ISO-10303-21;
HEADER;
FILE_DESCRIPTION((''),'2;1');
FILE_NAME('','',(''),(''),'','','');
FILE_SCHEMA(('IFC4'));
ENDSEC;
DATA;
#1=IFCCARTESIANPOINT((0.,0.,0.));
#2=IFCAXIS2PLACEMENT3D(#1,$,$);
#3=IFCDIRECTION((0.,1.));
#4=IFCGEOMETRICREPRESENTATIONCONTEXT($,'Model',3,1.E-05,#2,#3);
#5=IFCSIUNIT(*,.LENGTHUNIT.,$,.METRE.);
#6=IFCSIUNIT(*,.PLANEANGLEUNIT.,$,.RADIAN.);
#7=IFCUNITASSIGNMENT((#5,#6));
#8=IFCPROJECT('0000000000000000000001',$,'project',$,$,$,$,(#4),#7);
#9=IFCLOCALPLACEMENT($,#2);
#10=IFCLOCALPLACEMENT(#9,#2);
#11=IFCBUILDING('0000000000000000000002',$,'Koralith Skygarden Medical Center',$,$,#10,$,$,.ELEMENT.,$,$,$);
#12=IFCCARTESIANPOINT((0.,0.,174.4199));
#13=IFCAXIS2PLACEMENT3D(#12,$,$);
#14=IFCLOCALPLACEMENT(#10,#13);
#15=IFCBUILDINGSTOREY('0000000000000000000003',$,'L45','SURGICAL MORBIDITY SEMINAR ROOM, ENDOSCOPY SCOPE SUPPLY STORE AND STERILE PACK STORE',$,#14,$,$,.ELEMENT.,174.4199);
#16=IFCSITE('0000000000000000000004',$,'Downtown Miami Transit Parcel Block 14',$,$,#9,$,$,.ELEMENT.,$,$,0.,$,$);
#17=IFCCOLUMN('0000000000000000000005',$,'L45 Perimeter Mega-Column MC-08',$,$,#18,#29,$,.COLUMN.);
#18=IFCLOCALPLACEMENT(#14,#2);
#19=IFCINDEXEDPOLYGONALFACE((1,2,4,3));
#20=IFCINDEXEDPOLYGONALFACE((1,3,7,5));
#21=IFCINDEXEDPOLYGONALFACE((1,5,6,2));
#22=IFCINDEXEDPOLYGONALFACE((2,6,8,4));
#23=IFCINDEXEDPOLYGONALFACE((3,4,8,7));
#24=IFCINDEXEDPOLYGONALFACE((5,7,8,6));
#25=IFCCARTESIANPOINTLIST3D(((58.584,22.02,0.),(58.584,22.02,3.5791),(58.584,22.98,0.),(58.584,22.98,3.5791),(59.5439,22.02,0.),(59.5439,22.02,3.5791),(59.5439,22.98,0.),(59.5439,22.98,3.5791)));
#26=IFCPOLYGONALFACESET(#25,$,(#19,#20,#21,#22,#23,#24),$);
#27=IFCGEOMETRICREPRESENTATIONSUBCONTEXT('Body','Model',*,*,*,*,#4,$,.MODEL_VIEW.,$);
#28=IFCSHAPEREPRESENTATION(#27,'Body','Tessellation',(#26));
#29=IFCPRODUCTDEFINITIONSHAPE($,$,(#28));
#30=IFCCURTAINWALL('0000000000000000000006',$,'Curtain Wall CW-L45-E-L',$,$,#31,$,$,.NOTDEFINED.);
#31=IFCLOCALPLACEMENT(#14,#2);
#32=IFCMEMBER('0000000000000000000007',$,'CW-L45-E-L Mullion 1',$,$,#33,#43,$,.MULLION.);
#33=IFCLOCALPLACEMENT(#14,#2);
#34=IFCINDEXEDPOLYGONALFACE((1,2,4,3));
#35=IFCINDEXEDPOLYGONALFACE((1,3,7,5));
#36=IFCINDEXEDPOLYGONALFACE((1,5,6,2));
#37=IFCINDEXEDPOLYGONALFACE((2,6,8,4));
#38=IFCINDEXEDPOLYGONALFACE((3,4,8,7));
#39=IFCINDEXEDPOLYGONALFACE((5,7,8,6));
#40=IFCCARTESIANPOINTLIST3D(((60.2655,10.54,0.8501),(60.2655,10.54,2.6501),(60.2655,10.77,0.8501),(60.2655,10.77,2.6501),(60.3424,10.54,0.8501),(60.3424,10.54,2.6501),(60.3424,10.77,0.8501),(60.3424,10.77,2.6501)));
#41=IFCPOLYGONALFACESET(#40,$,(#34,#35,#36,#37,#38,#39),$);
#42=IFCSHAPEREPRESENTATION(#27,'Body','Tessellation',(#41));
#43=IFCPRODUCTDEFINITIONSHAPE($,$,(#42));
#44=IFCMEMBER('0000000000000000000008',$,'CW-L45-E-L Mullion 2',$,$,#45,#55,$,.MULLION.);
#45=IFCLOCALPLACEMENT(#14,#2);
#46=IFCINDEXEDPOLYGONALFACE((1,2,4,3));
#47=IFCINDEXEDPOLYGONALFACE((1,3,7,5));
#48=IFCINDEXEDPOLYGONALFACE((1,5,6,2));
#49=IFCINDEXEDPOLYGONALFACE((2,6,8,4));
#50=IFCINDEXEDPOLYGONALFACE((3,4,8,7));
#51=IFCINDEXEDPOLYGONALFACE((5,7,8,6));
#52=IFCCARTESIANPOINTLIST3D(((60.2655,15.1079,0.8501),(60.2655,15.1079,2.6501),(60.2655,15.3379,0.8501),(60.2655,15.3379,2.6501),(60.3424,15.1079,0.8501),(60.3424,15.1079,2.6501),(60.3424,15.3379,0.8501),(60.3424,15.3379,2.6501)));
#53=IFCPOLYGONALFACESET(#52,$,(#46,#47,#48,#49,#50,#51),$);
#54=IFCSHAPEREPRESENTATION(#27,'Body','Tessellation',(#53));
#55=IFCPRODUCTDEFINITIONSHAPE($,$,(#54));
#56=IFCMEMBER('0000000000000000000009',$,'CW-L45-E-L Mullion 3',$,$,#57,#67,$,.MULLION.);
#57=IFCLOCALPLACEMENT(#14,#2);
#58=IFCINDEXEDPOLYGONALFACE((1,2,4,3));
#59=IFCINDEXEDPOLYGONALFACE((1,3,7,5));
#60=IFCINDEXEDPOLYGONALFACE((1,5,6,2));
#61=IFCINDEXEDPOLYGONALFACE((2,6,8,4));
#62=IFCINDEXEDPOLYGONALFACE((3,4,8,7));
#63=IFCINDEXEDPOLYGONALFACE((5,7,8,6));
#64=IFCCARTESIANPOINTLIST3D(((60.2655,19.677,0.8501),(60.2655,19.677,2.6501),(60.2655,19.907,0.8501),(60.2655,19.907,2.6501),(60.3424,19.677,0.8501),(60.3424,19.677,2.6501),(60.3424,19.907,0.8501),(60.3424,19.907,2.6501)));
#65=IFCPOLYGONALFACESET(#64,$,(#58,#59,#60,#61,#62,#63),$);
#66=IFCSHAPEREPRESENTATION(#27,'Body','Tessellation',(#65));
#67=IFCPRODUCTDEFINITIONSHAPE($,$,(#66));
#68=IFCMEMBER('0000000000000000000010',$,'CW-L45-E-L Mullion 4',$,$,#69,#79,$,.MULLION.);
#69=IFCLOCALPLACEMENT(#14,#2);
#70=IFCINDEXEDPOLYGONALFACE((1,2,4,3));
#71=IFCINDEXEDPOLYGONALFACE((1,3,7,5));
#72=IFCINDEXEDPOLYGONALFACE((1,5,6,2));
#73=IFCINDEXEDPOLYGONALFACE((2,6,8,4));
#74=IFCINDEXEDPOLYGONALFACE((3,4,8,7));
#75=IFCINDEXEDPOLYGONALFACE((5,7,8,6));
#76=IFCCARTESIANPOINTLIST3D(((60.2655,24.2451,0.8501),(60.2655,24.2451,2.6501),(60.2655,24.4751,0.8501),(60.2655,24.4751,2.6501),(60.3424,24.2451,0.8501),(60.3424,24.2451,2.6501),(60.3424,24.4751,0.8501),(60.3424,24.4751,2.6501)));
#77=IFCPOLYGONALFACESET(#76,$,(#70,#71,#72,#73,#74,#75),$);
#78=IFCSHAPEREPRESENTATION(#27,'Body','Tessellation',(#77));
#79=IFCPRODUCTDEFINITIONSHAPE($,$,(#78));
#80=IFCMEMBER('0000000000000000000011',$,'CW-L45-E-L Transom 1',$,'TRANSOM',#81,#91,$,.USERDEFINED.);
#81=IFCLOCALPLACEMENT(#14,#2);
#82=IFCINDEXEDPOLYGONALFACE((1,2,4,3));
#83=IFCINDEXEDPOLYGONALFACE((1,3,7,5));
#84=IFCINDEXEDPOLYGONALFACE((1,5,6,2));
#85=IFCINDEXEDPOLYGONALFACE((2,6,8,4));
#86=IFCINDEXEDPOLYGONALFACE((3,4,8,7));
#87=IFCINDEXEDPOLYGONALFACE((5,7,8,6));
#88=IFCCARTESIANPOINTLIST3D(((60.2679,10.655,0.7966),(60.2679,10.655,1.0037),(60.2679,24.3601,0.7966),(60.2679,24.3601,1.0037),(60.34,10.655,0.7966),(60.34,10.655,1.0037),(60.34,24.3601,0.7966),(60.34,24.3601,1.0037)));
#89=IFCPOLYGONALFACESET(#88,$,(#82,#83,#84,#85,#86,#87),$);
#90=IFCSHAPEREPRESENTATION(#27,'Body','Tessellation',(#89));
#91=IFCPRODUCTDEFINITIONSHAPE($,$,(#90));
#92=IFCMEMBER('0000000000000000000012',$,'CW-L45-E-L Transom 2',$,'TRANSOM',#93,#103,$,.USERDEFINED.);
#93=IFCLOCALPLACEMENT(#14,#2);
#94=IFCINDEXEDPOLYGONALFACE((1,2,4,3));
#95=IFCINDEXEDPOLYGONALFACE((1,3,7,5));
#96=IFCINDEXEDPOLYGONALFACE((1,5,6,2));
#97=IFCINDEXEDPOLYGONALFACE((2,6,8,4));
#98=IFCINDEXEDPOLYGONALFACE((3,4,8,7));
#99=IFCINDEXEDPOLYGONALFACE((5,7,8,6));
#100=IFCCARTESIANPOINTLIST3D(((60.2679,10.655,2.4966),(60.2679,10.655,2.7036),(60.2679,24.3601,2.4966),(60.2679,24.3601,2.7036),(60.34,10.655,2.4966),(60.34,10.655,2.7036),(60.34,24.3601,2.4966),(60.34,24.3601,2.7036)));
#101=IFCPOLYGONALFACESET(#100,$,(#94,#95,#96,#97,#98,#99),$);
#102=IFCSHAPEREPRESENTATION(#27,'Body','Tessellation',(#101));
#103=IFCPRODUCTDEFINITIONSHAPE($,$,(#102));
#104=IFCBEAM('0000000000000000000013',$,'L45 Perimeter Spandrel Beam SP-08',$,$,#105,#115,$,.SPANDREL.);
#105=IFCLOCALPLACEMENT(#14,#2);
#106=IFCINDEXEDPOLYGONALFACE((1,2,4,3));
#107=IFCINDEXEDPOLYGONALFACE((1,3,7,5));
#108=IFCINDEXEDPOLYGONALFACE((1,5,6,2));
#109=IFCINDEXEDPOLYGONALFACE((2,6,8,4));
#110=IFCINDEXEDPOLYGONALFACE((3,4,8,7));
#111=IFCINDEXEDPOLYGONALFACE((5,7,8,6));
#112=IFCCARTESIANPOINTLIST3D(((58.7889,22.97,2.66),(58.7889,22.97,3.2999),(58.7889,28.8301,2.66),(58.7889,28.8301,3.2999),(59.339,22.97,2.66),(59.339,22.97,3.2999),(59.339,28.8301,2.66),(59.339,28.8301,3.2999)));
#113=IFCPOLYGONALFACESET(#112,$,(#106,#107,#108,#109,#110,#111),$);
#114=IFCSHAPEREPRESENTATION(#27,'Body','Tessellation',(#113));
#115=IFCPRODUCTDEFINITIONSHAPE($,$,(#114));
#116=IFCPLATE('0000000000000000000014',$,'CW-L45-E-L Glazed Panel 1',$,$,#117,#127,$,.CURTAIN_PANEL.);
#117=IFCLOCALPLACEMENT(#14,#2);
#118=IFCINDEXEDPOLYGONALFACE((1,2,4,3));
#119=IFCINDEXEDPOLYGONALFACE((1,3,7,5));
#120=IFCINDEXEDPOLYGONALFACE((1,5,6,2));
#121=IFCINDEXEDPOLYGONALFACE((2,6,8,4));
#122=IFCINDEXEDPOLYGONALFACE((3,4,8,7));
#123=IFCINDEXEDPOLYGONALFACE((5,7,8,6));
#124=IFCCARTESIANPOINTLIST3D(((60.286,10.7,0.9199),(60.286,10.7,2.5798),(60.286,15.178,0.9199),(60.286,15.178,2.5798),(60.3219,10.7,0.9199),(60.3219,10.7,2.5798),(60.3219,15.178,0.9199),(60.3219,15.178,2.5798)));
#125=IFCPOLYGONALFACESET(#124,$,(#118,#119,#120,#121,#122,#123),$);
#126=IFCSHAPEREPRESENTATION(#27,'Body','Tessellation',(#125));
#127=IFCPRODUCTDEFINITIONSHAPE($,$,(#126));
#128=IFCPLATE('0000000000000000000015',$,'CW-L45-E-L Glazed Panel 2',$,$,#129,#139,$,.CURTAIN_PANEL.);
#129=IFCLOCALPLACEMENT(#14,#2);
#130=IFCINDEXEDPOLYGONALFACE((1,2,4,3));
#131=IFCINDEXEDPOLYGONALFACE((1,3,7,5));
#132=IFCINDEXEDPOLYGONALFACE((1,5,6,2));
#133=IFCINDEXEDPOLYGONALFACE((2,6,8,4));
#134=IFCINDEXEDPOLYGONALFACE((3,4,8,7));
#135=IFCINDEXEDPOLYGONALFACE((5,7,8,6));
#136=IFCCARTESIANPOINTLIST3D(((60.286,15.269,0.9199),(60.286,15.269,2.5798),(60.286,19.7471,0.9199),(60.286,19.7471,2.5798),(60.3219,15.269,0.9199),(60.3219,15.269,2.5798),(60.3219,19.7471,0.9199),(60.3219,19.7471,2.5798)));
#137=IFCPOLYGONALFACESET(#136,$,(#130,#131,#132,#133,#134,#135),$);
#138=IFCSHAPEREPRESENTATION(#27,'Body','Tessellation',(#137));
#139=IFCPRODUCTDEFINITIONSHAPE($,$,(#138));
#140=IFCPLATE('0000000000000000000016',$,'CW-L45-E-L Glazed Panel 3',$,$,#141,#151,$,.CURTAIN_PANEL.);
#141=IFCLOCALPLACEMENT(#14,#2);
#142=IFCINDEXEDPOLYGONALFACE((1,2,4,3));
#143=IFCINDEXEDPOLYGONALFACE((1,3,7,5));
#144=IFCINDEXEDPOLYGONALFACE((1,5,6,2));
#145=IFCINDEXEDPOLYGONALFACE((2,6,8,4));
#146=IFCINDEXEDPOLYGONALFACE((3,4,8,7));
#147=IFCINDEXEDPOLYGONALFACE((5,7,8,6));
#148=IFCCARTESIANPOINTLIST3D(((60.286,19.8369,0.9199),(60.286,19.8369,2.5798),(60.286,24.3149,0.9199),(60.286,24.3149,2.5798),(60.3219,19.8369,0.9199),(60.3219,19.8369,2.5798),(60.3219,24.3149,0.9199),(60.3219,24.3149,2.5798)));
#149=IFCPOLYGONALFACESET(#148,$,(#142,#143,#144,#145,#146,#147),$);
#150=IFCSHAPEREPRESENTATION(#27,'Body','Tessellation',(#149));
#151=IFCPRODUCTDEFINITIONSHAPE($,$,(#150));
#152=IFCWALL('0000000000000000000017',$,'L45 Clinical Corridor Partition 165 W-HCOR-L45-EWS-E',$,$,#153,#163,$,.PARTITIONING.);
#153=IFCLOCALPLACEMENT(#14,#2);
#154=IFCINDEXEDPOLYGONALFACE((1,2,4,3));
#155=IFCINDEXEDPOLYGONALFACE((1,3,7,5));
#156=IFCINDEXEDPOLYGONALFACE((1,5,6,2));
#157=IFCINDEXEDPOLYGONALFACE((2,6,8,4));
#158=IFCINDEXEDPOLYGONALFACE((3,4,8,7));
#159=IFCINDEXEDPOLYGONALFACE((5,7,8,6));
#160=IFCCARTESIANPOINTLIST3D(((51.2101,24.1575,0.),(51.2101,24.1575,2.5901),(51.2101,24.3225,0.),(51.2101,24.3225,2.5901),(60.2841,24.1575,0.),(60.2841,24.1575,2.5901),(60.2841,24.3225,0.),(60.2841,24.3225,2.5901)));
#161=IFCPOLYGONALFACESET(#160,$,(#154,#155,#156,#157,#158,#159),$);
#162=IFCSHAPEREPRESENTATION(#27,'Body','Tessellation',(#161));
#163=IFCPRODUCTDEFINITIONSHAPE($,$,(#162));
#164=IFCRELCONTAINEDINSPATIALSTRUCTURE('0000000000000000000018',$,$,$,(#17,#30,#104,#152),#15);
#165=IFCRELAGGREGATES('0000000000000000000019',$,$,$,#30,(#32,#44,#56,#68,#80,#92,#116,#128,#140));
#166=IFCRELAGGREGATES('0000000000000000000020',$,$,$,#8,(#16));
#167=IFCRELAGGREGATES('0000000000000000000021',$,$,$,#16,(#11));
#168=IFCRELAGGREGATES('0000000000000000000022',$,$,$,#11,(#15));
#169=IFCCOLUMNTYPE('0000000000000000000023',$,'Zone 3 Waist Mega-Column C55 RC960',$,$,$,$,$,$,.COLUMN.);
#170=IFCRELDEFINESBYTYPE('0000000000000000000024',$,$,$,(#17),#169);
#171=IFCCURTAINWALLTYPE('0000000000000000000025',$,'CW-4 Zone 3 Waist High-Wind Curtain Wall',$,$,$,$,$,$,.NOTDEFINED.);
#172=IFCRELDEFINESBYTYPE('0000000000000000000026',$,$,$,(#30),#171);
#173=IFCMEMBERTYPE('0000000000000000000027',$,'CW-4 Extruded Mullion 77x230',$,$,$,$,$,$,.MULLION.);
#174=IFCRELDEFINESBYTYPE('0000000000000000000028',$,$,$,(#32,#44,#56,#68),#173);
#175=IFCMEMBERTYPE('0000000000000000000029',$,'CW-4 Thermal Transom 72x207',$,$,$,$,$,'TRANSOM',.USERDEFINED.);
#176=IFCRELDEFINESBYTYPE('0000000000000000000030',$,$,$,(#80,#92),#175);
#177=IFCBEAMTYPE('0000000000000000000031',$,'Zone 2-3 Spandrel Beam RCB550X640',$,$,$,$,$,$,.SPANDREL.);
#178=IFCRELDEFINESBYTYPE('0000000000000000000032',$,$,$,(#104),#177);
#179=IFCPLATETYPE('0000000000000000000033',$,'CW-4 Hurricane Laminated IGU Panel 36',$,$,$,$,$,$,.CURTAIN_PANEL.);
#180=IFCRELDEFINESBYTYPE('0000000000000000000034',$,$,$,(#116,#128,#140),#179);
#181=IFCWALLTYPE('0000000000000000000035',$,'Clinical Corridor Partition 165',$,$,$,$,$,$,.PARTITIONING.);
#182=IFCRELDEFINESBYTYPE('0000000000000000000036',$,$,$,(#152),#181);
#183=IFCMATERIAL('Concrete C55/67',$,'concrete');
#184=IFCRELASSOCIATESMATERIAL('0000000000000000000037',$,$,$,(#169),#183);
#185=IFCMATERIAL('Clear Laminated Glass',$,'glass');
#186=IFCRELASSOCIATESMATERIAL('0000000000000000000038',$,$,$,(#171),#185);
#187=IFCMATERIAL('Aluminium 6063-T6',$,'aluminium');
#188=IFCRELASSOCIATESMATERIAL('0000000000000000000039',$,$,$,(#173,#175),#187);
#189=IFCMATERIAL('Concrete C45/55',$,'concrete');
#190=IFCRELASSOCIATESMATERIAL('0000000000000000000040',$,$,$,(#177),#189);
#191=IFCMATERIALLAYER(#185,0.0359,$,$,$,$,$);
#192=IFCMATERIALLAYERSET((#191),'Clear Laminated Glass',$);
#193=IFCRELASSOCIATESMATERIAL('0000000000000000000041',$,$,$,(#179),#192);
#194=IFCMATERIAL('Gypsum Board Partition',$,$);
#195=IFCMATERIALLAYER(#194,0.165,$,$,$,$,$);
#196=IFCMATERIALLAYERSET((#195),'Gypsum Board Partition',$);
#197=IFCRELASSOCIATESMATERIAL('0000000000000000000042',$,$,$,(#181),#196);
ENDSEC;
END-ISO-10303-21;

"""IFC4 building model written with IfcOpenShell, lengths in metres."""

from ifc_helpers import new_model, si_unit, direction, frame, frame_2d, origin, origin_2d, place, context, subcontext, project, spatial, rectangle, extrude, material, layer, layer_set, material_profile, profile_set, type_object, element, aggregate, save


model = new_model("IFC4")

# Units and contexts
model_context = context("Model", 3, precision=1e-05, world=origin(), true_north=direction((0.0, 1.0)))
body_context = subcontext(model_context, "Body", "Model", "MODEL_VIEW")
ifc_project = project(units=[si_unit("LENGTHUNIT", "METRE"), si_unit("PLANEANGLEUNIT", "RADIAN")], contexts=[model_context])

# Site, building, storey
site_placement = place(None, origin())
site = spatial("IfcSite", under=ifc_project, at=site_placement, Name="Downtown Miami Transit Parcel Block 14", CompositionType="ELEMENT", RefElevation=0.0)
building_placement = place(site_placement, origin())
building = spatial("IfcBuilding", under=site, at=building_placement, Name="Koralith Skygarden Medical Center", CompositionType="ELEMENT")
storey_placement = place(building_placement, frame((0.0, 0.0, 174.4199)))
storey = spatial("IfcBuildingStorey", under=building, at=storey_placement, Name="L45", Description="SURGICAL MORBIDITY SEMINAR ROOM, ENDOSCOPY SCOPE SUPPLY STORE AND STERILE PACK STORE", CompositionType="ELEMENT", Elevation=174.4199)

# Column
ifc_material_1 = material(Name="Concrete C55/67", Category="concrete")
ifc_material_profile_1 = material_profile(ifc_material_1, rectangle(XDim=0.96, YDim=0.96, at=origin_2d()), Name="RC960X960")
ifc_profile_set_1 = profile_set([ifc_material_profile_1], Name="Concrete C55/67")
column_type = type_object("IfcColumnType", Name="Zone 3 Waist Mega-Column C55 RC960", PredefinedType="COLUMN", material=ifc_profile_set_1)
column_placement = place(storey_placement, frame((59.064, 22.5, 0.0), z_axis=(0.0, 0.0, 1.0), x_axis=(1.0, 0.0, 0.0)))
element("IfcColumn", 1, at=column_placement, inside=storey, type_object=column_type, Name="L45 Perimeter Mega-Column MC-08", PredefinedType="COLUMN", context=body_context, shape_type="SweptSolid", body=[
    extrude(rectangle(XDim=0.96, YDim=0.96, at=origin_2d()), origin(), (0.0, 0.0, 1.0), 3.5791),
])

# Curtain wall, members
ifc_material_2 = material(Name="Clear Laminated Glass", Category="glass")
curtain_wall_type = type_object("IfcCurtainWallType", Name="CW-4 Zone 3 Waist High-Wind Curtain Wall", PredefinedType="NOTDEFINED", material=ifc_material_2)
curtain_wall_placement = place(storey_placement, origin())
curtain_wall = element("IfcCurtainWall", 2, at=curtain_wall_placement, inside=storey, type_object=curtain_wall_type, Name="Curtain Wall CW-L45-E-L", PredefinedType="NOTDEFINED")
ifc_material_3 = material(Name="Aluminium 6063-T6", Category="aluminium")
ifc_material_profile_2 = material_profile(ifc_material_3, rectangle(XDim=0.0769, YDim=0.23, at=origin_2d()), Name="MUL77X230")
ifc_profile_set_2 = profile_set([ifc_material_profile_2], Name="Aluminium 6063-T6")
member_type_1 = type_object("IfcMemberType", Name="CW-4 Extruded Mullion 77x230", PredefinedType="MULLION", material=ifc_profile_set_2)
member_1_placement = place(storey_placement, frame((60.304, 10.655, 0.8501), z_axis=(0.0, 0.0, 1.0), x_axis=(1.0, 0.0, 0.0)))
member_1 = element("IfcMember", 3, at=member_1_placement, type_object=member_type_1, Name="CW-L45-E-L Mullion 1", PredefinedType="MULLION", context=body_context, shape_type="SweptSolid", body=[
    extrude(rectangle(XDim=0.0769, YDim=0.23, at=origin_2d()), origin(), (0.0, 0.0, 1.0), 1.8),
])
member_2_placement = place(storey_placement, frame((60.304, 15.2229, 0.8501), z_axis=(0.0, 0.0, 1.0), x_axis=(1.0, 0.0, 0.0)))
member_2 = element("IfcMember", 4, at=member_2_placement, type_object=member_type_1, Name="CW-L45-E-L Mullion 2", PredefinedType="MULLION", context=body_context, shape_type="SweptSolid", body=[
    extrude(rectangle(XDim=0.0769, YDim=0.23, at=origin_2d()), origin(), (0.0, 0.0, 1.0), 1.8),
])
member_3_placement = place(storey_placement, frame((60.304, 19.792, 0.8501), z_axis=(0.0, 0.0, 1.0), x_axis=(1.0, 0.0, 0.0)))
member_3 = element("IfcMember", 5, at=member_3_placement, type_object=member_type_1, Name="CW-L45-E-L Mullion 3", PredefinedType="MULLION", context=body_context, shape_type="SweptSolid", body=[
    extrude(rectangle(XDim=0.0769, YDim=0.23, at=origin_2d()), origin(), (0.0, 0.0, 1.0), 1.8),
])
member_4_placement = place(storey_placement, frame((60.304, 24.3601, 0.8501), z_axis=(0.0, 0.0, 1.0), x_axis=(1.0, 0.0, 0.0)))
member_4 = element("IfcMember", 6, at=member_4_placement, type_object=member_type_1, Name="CW-L45-E-L Mullion 4", PredefinedType="MULLION", context=body_context, shape_type="SweptSolid", body=[
    extrude(rectangle(XDim=0.0769, YDim=0.23, at=origin_2d()), origin(), (0.0, 0.0, 1.0), 1.8),
])
ifc_material_profile_3 = material_profile(ifc_material_3, rectangle(XDim=0.072, YDim=0.207, at=origin_2d()), Name="TRN72X207")
ifc_profile_set_3 = profile_set([ifc_material_profile_3], Name="Aluminium 6063-T6")
member_type_2 = type_object("IfcMemberType", Name="CW-4 Thermal Transom 72x207", ElementType="TRANSOM", PredefinedType="USERDEFINED", material=ifc_profile_set_3)
member_5_placement = place(storey_placement, frame((60.304, 10.655, 0.9001), z_axis=(0.0, 1.0, 0.0), x_axis=(-1.0, 0.0, 0.0)))
member_5 = element("IfcMember", 7, at=member_5_placement, type_object=member_type_2, Name="CW-L45-E-L Transom 1", ObjectType="TRANSOM", PredefinedType="USERDEFINED", context=body_context, shape_type="SweptSolid", body=[
    extrude(rectangle(XDim=0.072, YDim=0.207, at=origin_2d()), origin(), (0.0, 0.0, 1.0), 13.7051),
])
member_6_placement = place(storey_placement, frame((60.304, 10.655, 2.6001), z_axis=(0.0, 1.0, 0.0), x_axis=(-1.0, 0.0, 0.0)))
member_6 = element("IfcMember", 8, at=member_6_placement, type_object=member_type_2, Name="CW-L45-E-L Transom 2", ObjectType="TRANSOM", PredefinedType="USERDEFINED", context=body_context, shape_type="SweptSolid", body=[
    extrude(rectangle(XDim=0.072, YDim=0.207, at=origin_2d()), origin(), (0.0, 0.0, 1.0), 13.7051),
])

# Beam
ifc_material_4 = material(Name="Concrete C45/55", Category="concrete")
ifc_material_profile_4 = material_profile(ifc_material_4, rectangle(XDim=0.55, YDim=0.6399, at=origin_2d()), Name="RCB550X640")
ifc_profile_set_4 = profile_set([ifc_material_profile_4], Name="Concrete C45/55")
beam_type = type_object("IfcBeamType", Name="Zone 2-3 Spandrel Beam RCB550X640", PredefinedType="SPANDREL", material=ifc_profile_set_4)
beam_placement = place(storey_placement, frame((59.064, 22.97, 2.98), z_axis=(0.0, 1.0, 0.0), x_axis=(-1.0, 0.0, 0.0)))
element("IfcBeam", 9, at=beam_placement, inside=storey, type_object=beam_type, Name="L45 Perimeter Spandrel Beam SP-08", PredefinedType="SPANDREL", context=body_context, shape_type="SweptSolid", body=[
    extrude(rectangle(XDim=0.55, YDim=0.6399, at=origin_2d()), origin(), (0.0, 0.0, 1.0), 5.8601),
])

# Plates
ifc_layer_1 = layer(ifc_material_2, 0.0359)
ifc_layer_set_1 = layer_set([ifc_layer_1], Name="Clear Laminated Glass")
plate_type = type_object("IfcPlateType", Name="CW-4 Hurricane Laminated IGU Panel 36", PredefinedType="CURTAIN_PANEL", material=ifc_layer_set_1)
plate_1_placement = place(storey_placement, frame((60.304, 12.939, 0.9199), z_axis=(0.0, 0.0, 1.0), x_axis=(0.0, 1.0, 0.0)))
plate_1 = element("IfcPlate", 10, at=plate_1_placement, type_object=plate_type, Name="CW-L45-E-L Glazed Panel 1", PredefinedType="CURTAIN_PANEL", context=body_context, shape_type="SweptSolid", body=[
    extrude(rectangle(XDim=4.478, YDim=0.0359, at=origin_2d()), origin(), (0.0, 0.0, 1.0), 1.6599),
])
plate_2_placement = place(storey_placement, frame((60.304, 17.5081, 0.9199), z_axis=(0.0, 0.0, 1.0), x_axis=(0.0, 1.0, 0.0)))
plate_2 = element("IfcPlate", 11, at=plate_2_placement, type_object=plate_type, Name="CW-L45-E-L Glazed Panel 2", PredefinedType="CURTAIN_PANEL", context=body_context, shape_type="SweptSolid", body=[
    extrude(rectangle(XDim=4.478, YDim=0.0359, at=origin_2d()), origin(), (0.0, 0.0, 1.0), 1.6599),
])
plate_3_placement = place(storey_placement, frame((60.304, 22.0759, 0.9199), z_axis=(0.0, 0.0, 1.0), x_axis=(0.0, 1.0, 0.0)))
plate_3 = element("IfcPlate", 12, at=plate_3_placement, type_object=plate_type, Name="CW-L45-E-L Glazed Panel 3", PredefinedType="CURTAIN_PANEL", context=body_context, shape_type="SweptSolid", body=[
    extrude(rectangle(XDim=4.478, YDim=0.0359, at=origin_2d()), origin(), (0.0, 0.0, 1.0), 1.6599),
])
aggregate(curtain_wall, [member_1, member_2, member_3, member_4, member_5, member_6, plate_1, plate_2, plate_3])

# Wall
ifc_material_5 = material(Name="Gypsum Board Partition")
ifc_layer_2 = layer(ifc_material_5, 0.165)
ifc_layer_set_2 = layer_set([ifc_layer_2], Name="Gypsum Board Partition")
wall_type_1 = type_object("IfcWallType", Name="Clinical Corridor Partition 165", PredefinedType="PARTITIONING", material=ifc_layer_set_2)
wall_1_placement = place(storey_placement, frame((51.21, 24.24, 0.0), z_axis=(0.0, 0.0, 1.0), x_axis=(1.0, 0.0, 0.0)))
element("IfcWall", 13, at=wall_1_placement, inside=storey, type_object=wall_type_1, Name="L45 Clinical Corridor Partition 165 W-HCOR-L45-EWS-E", PredefinedType="PARTITIONING", context=body_context, shape_type="SweptSolid", body=[
    extrude(rectangle(XDim=9.074, YDim=0.165, at=frame_2d((4.5371, 0.0))), origin(), (0.0, 0.0, 1.0), 2.5901),
])

save(model, "model.ifc")
